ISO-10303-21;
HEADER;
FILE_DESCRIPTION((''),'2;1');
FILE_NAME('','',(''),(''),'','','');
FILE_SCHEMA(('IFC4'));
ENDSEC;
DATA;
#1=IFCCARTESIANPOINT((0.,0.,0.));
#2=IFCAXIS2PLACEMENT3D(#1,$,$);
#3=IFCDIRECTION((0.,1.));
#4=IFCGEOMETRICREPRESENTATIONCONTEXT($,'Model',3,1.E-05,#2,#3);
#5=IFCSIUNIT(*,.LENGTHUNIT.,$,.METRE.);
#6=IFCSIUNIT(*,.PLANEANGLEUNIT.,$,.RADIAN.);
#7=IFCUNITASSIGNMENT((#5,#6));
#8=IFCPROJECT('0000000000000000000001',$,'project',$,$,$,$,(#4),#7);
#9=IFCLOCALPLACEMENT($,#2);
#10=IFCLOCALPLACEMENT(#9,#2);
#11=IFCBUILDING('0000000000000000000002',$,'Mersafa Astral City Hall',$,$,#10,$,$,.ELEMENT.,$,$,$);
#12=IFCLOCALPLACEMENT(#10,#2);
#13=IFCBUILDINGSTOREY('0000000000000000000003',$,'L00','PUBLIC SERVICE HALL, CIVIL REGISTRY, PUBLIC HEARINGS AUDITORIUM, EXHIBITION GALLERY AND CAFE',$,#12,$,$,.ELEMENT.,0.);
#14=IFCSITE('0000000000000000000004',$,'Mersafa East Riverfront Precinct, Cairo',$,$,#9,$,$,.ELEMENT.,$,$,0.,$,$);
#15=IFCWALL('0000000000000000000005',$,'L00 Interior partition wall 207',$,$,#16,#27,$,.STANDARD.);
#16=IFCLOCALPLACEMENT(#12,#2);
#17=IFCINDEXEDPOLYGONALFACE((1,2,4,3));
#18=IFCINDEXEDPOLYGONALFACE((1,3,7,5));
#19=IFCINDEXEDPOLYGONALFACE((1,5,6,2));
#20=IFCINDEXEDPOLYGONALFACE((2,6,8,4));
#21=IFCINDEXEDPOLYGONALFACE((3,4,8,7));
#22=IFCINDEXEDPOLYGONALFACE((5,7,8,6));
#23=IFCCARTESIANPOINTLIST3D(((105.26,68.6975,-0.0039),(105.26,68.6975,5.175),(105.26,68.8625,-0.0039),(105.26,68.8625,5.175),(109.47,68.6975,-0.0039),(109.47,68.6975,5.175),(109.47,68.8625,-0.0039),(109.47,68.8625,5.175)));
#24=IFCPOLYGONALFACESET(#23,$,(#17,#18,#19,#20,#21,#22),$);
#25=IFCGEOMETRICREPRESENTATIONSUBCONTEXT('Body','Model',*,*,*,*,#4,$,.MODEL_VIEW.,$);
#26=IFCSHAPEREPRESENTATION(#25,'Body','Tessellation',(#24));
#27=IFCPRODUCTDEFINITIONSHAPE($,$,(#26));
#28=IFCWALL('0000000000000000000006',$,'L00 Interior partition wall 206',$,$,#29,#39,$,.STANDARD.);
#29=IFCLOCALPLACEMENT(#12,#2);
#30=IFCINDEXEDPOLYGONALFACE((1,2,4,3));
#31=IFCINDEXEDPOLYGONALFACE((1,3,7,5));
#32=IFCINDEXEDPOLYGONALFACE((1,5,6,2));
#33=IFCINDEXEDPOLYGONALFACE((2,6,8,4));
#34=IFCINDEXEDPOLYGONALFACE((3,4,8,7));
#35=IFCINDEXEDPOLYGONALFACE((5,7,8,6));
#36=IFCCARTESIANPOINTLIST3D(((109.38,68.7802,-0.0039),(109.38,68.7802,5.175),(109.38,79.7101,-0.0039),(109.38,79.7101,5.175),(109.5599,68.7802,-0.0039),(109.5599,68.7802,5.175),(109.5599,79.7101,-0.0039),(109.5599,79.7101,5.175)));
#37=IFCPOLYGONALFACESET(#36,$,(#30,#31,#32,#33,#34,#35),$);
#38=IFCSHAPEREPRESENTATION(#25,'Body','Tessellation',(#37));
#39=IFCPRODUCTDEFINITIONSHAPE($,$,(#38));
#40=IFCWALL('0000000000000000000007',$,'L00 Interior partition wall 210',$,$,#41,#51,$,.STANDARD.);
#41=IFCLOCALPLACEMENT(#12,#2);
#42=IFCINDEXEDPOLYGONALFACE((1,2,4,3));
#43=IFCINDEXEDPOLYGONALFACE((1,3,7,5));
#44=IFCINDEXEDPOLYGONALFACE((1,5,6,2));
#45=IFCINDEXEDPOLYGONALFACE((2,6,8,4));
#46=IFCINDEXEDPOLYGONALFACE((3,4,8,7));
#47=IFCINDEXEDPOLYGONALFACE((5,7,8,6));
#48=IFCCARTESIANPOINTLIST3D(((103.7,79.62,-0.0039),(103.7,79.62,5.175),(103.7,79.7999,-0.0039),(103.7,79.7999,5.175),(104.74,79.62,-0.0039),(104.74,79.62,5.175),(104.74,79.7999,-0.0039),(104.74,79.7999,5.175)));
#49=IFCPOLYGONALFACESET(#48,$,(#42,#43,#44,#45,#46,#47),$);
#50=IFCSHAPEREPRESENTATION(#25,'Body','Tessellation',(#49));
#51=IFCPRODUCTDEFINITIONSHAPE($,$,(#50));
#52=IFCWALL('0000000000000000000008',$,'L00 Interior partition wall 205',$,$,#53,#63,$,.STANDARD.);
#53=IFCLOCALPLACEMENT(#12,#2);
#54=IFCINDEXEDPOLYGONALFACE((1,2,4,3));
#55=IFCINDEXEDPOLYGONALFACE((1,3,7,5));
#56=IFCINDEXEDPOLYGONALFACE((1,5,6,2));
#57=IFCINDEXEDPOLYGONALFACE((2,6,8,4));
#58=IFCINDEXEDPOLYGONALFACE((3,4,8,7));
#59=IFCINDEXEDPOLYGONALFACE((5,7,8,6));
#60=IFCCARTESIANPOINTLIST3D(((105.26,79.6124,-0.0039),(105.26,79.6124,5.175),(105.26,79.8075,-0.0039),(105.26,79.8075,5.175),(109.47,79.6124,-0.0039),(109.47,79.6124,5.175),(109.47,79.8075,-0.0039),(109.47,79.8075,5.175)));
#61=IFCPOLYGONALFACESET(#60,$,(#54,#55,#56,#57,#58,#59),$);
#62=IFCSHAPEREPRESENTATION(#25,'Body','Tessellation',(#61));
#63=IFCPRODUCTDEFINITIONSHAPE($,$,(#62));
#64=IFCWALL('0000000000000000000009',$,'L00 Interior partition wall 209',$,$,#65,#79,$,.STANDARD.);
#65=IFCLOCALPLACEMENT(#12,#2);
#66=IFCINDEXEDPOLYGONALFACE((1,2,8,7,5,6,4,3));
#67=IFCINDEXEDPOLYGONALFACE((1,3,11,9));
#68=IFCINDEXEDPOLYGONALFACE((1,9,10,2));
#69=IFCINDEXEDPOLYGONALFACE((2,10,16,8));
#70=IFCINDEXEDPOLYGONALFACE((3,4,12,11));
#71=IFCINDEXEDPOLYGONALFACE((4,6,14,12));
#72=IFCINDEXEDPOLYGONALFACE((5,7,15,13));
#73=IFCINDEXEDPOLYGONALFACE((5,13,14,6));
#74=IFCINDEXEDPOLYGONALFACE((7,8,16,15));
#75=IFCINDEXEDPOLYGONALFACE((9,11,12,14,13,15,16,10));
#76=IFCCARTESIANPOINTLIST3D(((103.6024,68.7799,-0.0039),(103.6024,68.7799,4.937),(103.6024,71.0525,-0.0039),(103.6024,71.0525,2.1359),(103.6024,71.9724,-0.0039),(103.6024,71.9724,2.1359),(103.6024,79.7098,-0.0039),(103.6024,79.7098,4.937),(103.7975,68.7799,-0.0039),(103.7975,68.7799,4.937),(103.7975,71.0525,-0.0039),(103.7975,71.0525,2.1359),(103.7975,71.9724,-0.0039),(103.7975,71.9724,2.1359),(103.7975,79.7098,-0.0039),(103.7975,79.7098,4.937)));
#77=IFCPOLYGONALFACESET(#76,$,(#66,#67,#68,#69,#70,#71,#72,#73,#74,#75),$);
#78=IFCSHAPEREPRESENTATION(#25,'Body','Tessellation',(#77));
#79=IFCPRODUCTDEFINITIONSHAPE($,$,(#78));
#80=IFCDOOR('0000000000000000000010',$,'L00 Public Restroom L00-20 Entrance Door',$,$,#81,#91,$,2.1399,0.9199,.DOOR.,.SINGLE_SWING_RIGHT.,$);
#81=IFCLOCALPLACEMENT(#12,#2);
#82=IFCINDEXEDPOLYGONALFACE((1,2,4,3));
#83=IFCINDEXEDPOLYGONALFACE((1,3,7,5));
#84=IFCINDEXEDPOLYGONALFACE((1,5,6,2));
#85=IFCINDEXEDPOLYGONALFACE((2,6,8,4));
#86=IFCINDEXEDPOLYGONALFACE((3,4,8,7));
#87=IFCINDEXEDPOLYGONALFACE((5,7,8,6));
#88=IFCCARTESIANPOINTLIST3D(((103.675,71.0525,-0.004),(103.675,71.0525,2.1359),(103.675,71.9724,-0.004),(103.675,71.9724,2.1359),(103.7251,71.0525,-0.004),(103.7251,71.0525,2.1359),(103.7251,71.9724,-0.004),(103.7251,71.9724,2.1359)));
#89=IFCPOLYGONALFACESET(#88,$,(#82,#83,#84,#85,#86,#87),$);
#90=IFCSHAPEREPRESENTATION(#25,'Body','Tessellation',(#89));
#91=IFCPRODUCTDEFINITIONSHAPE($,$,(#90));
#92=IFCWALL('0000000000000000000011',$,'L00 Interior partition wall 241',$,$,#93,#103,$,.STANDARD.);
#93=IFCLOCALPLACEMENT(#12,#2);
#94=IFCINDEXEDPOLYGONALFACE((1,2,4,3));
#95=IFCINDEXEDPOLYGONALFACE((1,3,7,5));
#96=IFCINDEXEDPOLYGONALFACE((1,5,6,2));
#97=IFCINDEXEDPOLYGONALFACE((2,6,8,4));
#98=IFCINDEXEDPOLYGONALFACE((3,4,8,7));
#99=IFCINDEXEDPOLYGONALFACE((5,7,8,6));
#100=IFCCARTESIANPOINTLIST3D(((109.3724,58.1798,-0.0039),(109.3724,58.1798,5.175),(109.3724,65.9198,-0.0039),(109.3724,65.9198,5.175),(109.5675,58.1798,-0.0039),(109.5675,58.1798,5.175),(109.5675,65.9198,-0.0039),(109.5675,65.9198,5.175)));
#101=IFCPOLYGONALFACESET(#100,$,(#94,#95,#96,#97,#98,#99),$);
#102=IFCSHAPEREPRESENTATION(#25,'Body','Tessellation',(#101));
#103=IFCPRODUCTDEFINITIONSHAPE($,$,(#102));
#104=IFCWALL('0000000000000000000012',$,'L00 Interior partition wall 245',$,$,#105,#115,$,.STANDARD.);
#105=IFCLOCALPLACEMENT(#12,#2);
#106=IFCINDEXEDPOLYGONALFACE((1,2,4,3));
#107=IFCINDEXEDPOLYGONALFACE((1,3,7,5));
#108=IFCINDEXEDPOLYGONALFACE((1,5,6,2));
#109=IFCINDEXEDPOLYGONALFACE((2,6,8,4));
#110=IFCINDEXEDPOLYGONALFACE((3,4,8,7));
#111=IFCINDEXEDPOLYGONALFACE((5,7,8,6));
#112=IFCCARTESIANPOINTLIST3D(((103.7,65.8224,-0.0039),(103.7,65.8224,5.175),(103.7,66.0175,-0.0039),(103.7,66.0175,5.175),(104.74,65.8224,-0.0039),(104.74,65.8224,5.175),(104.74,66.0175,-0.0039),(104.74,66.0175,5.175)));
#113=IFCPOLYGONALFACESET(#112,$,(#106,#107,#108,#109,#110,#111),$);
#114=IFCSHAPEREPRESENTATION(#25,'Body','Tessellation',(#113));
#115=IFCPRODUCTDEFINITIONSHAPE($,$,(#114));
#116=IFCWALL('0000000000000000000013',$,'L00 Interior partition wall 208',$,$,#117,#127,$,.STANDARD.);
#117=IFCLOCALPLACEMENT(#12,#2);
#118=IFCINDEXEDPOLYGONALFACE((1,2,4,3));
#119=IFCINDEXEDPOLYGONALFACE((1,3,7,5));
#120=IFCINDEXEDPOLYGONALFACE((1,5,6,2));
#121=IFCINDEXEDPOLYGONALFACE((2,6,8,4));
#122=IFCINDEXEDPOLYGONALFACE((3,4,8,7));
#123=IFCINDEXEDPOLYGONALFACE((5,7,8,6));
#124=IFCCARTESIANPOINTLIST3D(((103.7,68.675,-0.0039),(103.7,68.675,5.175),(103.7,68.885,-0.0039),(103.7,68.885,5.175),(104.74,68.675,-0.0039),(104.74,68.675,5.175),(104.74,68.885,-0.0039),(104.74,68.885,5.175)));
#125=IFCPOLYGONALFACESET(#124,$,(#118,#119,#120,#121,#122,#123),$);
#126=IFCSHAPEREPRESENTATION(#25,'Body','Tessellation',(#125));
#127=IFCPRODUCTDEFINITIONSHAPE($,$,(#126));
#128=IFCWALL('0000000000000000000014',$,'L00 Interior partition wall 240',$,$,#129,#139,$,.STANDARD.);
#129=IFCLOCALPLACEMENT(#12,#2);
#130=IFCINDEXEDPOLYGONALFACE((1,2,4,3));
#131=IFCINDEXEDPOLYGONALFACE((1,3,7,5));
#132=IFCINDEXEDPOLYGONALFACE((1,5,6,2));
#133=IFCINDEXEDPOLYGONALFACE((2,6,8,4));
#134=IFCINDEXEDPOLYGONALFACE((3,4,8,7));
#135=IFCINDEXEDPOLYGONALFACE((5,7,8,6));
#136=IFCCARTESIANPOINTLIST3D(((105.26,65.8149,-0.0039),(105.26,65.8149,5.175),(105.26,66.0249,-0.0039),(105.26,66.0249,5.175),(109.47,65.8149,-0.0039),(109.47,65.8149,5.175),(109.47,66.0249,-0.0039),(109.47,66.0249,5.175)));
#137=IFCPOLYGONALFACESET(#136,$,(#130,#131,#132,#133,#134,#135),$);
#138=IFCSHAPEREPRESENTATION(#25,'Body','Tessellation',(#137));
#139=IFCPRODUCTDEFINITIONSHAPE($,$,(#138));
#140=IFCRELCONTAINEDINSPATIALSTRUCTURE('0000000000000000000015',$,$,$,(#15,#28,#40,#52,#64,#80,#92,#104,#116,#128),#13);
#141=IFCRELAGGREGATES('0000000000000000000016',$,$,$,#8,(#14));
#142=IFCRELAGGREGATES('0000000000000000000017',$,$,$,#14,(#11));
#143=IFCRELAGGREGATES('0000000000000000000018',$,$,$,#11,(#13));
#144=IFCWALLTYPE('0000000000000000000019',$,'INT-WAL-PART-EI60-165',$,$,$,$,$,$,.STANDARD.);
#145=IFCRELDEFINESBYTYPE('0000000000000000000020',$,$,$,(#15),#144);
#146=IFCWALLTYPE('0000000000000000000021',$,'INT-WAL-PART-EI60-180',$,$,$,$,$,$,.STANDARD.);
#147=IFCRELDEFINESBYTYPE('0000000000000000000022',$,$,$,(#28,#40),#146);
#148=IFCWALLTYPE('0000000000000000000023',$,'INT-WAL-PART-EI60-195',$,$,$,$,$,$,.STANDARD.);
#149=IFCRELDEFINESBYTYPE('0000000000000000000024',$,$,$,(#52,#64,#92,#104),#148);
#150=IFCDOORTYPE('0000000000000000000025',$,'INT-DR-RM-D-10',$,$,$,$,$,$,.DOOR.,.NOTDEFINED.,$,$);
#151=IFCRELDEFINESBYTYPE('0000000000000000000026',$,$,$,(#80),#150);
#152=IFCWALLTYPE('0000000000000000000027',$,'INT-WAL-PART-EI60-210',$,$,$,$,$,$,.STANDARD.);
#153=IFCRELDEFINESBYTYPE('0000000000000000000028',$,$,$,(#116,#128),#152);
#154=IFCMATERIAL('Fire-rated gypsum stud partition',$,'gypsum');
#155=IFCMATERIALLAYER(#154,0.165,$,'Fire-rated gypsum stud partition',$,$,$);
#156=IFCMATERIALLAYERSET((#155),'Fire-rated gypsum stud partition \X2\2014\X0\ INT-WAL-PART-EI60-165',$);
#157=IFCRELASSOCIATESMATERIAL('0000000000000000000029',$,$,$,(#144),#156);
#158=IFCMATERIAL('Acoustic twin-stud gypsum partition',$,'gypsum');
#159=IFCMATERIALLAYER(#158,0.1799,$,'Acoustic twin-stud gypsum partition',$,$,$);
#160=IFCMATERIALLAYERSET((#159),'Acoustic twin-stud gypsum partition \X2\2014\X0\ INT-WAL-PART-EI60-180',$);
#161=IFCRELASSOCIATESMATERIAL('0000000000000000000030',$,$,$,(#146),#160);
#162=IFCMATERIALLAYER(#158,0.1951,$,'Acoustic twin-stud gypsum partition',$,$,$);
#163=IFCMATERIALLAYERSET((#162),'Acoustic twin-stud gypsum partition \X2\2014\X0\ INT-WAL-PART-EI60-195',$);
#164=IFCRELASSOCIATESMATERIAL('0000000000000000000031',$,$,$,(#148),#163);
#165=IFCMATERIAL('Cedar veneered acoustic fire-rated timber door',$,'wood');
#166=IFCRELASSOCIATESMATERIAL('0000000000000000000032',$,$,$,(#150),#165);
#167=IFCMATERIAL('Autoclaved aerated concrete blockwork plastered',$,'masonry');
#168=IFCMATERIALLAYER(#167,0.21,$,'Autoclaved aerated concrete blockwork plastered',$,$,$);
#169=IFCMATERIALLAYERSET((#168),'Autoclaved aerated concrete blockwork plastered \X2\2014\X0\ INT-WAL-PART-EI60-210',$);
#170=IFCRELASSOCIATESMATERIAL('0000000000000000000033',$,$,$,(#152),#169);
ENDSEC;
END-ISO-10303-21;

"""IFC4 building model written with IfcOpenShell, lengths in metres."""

from ifc_helpers import new_model, si_unit, direction, frame, frame_2d, origin, place, context, subcontext, project, spatial, rectangle, extrude, material, layer, layer_set, type_object, element, fill, save


model = new_model("IFC4")

# Units and contexts
model_context = context("Model", 3, precision=1e-05, world=origin(), true_north=direction((0.0, 1.0)))
body_context = subcontext(model_context, "Body", "Model", "MODEL_VIEW")
ifc_project = project(units=[si_unit("LENGTHUNIT", "METRE"), si_unit("PLANEANGLEUNIT", "RADIAN")], contexts=[model_context])

# Site, building, storey
site_placement = place(None, origin())
site = spatial("IfcSite", under=ifc_project, at=site_placement, Name="Mersafa East Riverfront Precinct, Cairo", CompositionType="ELEMENT", RefElevation=0.0)
building_placement = place(site_placement, origin())
building = spatial("IfcBuilding", under=site, at=building_placement, Name="Mersafa Astral City Hall", CompositionType="ELEMENT")
storey_placement = place(building_placement, origin())
storey = spatial("IfcBuildingStorey", under=building, at=storey_placement, Name="L00", Description="PUBLIC SERVICE HALL, CIVIL REGISTRY, PUBLIC HEARINGS AUDITORIUM, EXHIBITION GALLERY AND CAFE", CompositionType="ELEMENT", Elevation=0.0)

# Walls
ifc_material_1 = material(Name="Fire-rated gypsum stud partition", Category="gypsum")
ifc_layer_1 = layer(ifc_material_1, 0.165, Name="Fire-rated gypsum stud partition")
ifc_layer_set_1 = layer_set([ifc_layer_1], Name="Fire-rated gypsum stud partition — INT-WAL-PART-EI60-165")
wall_type_1 = type_object("IfcWallType", Name="INT-WAL-PART-EI60-165", PredefinedType="STANDARD", material=ifc_layer_set_1)
wall_1_placement = place(storey_placement, frame((109.47, 68.78, -0.0039), z_axis=(0.0, 0.0, 1.0), x_axis=(-1.0, 0.0, 0.0)))
element("IfcWall", 1, at=wall_1_placement, inside=storey, type_object=wall_type_1, Name="L00 Interior partition wall 207", PredefinedType="STANDARD", context=body_context, shape_type="SweptSolid", body=[
    extrude(rectangle(XDim=4.21, YDim=0.165, at=frame_2d((2.105, 0.0))), origin(), (0.0, 0.0, 1.0), 5.179),
])
ifc_material_2 = material(Name="Acoustic twin-stud gypsum partition", Category="gypsum")
ifc_layer_2 = layer(ifc_material_2, 0.1799, Name="Acoustic twin-stud gypsum partition")
ifc_layer_set_2 = layer_set([ifc_layer_2], Name="Acoustic twin-stud gypsum partition — INT-WAL-PART-EI60-180")
wall_type_2 = type_object("IfcWallType", Name="INT-WAL-PART-EI60-180", PredefinedType="STANDARD", material=ifc_layer_set_2)
wall_2_placement = place(storey_placement, frame((109.47, 79.71, -0.0039), z_axis=(0.0, 0.0, 1.0), x_axis=(0.0, -1.0, 0.0)))
element("IfcWall", 2, at=wall_2_placement, inside=storey, type_object=wall_type_2, Name="L00 Interior partition wall 206", PredefinedType="STANDARD", context=body_context, shape_type="SweptSolid", body=[
    extrude(rectangle(XDim=10.9299, YDim=0.1799, at=frame_2d((5.4648, 0.0))), origin(), (0.0, 0.0, 1.0), 5.179),
])
wall_3_placement = place(storey_placement, frame((103.7, 79.71, -0.0039), z_axis=(0.0, 0.0, 1.0), x_axis=(1.0, 0.0, 0.0)))
element("IfcWall", 3, at=wall_3_placement, inside=storey, type_object=wall_type_2, Name="L00 Interior partition wall 210", PredefinedType="STANDARD", context=body_context, shape_type="SweptSolid", body=[
    extrude(rectangle(XDim=1.04, YDim=0.1799, at=frame_2d((0.52, 0.0))), origin(), (0.0, 0.0, 1.0), 5.179),
])
ifc_layer_3 = layer(ifc_material_2, 0.1951, Name="Acoustic twin-stud gypsum partition")
ifc_layer_set_3 = layer_set([ifc_layer_3], Name="Acoustic twin-stud gypsum partition — INT-WAL-PART-EI60-195")
wall_type_3 = type_object("IfcWallType", Name="INT-WAL-PART-EI60-195", PredefinedType="STANDARD", material=ifc_layer_set_3)
wall_4_placement = place(storey_placement, frame((105.26, 79.71, -0.0039), z_axis=(0.0, 0.0, 1.0), x_axis=(1.0, 0.0, 0.0)))
element("IfcWall", 4, at=wall_4_placement, inside=storey, type_object=wall_type_3, Name="L00 Interior partition wall 205", PredefinedType="STANDARD", context=body_context, shape_type="SweptSolid", body=[
    extrude(rectangle(XDim=4.21, YDim=0.1951, at=frame_2d((2.105, 0.0))), origin(), (0.0, 0.0, 1.0), 5.179),
])

# Wall, opening, door
wall_5_placement = place(storey_placement, frame((103.7, 68.78, -0.0039), z_axis=(0.0, 0.0, 1.0), x_axis=(0.0, 1.0, 0.0)))
wall_5 = element("IfcWall", 5, at=wall_5_placement, inside=storey, type_object=wall_type_3, Name="L00 Interior partition wall 209", PredefinedType="STANDARD", context=body_context, shape_type="SweptSolid", body=[
    extrude(rectangle(XDim=10.9299, YDim=0.1951, at=frame_2d((5.4648, 0.0))), origin(), (0.0, 0.0, 1.0), 4.9409),
])
opening_placement = place(wall_5_placement, frame((2.2725, 0.0, 0.0)))
opening = element("IfcOpeningElement", 6, at=opening_placement, cuts=wall_5, PredefinedType="OPENING", context=body_context, shape_type="SweptSolid", body=[
    extrude(rectangle(XDim=0.9199, YDim=2.1399, at=frame_2d((0.46, 1.0698))), frame((0.0, 0.1074, 0.0), z_axis=(0.0, -1.0, 0.0), x_axis=(1.0, 0.0, 0.0)), (0.0, 0.0, 1.0), 0.2151),
])
ifc_material_3 = material(Name="Cedar veneered acoustic fire-rated timber door", Category="wood")
door_type = type_object("IfcDoorType", Name="INT-DR-RM-D-10", OperationType="NOTDEFINED", PredefinedType="DOOR", material=ifc_material_3)
door_placement = place(opening_placement, origin())
door = element("IfcDoor", 7, at=door_placement, inside=storey, type_object=door_type, Name="L00 Public Restroom L00-20 Entrance Door", OperationType="SINGLE_SWING_RIGHT", OverallHeight=2.1399, OverallWidth=0.9199, PredefinedType="DOOR", context=body_context, shape_type="SweptSolid", body=[
    extrude(rectangle(XDim=0.9199, YDim=2.1399, at=frame_2d((0.46, 1.0698))), frame((0.0, 0.0249, 0.0), z_axis=(0.0, -1.0, 0.0), x_axis=(1.0, 0.0, 0.0)), (0.0, 0.0, 1.0), 0.05),
])
fill(opening, door)

# Walls
wall_6_placement = place(storey_placement, frame((109.47, 65.9199, -0.0039), z_axis=(0.0, 0.0, 1.0), x_axis=(0.0, -1.0, 0.0)))
element("IfcWall", 8, at=wall_6_placement, inside=storey, type_object=wall_type_3, Name="L00 Interior partition wall 241", PredefinedType="STANDARD", context=body_context, shape_type="SweptSolid", body=[
    extrude(rectangle(XDim=7.74, YDim=0.1951, at=frame_2d((3.8701, 0.0))), origin(), (0.0, 0.0, 1.0), 5.179),
])
wall_7_placement = place(storey_placement, frame((103.7, 65.9199, -0.0039), z_axis=(0.0, 0.0, 1.0), x_axis=(1.0, 0.0, 0.0)))
element("IfcWall", 9, at=wall_7_placement, inside=storey, type_object=wall_type_3, Name="L00 Interior partition wall 245", PredefinedType="STANDARD", context=body_context, shape_type="SweptSolid", body=[
    extrude(rectangle(XDim=1.04, YDim=0.1951, at=frame_2d((0.52, 0.0))), origin(), (0.0, 0.0, 1.0), 5.179),
])
ifc_material_4 = material(Name="Autoclaved aerated concrete blockwork plastered", Category="masonry")
ifc_layer_4 = layer(ifc_material_4, 0.21, Name="Autoclaved aerated concrete blockwork plastered")
ifc_layer_set_4 = layer_set([ifc_layer_4], Name="Autoclaved aerated concrete blockwork plastered — INT-WAL-PART-EI60-210")
wall_type_4 = type_object("IfcWallType", Name="INT-WAL-PART-EI60-210", PredefinedType="STANDARD", material=ifc_layer_set_4)
wall_8_placement = place(storey_placement, frame((104.74, 68.78, -0.0039), z_axis=(0.0, 0.0, 1.0), x_axis=(-1.0, 0.0, 0.0)))
element("IfcWall", 10, at=wall_8_placement, inside=storey, type_object=wall_type_4, Name="L00 Interior partition wall 208", PredefinedType="STANDARD", context=body_context, shape_type="SweptSolid", body=[
    extrude(rectangle(XDim=1.04, YDim=0.21, at=frame_2d((0.52, 0.0))), origin(), (0.0, 0.0, 1.0), 5.179),
])
wall_9_placement = place(storey_placement, frame((105.26, 65.9199, -0.0039), z_axis=(0.0, 0.0, 1.0), x_axis=(1.0, 0.0, 0.0)))
element("IfcWall", 11, at=wall_9_placement, inside=storey, type_object=wall_type_4, Name="L00 Interior partition wall 240", PredefinedType="STANDARD", context=body_context, shape_type="SweptSolid", body=[
    extrude(rectangle(XDim=4.21, YDim=0.21, at=frame_2d((2.105, 0.0))), origin(), (0.0, 0.0, 1.0), 5.179),
])

save(model, "model.ifc")
